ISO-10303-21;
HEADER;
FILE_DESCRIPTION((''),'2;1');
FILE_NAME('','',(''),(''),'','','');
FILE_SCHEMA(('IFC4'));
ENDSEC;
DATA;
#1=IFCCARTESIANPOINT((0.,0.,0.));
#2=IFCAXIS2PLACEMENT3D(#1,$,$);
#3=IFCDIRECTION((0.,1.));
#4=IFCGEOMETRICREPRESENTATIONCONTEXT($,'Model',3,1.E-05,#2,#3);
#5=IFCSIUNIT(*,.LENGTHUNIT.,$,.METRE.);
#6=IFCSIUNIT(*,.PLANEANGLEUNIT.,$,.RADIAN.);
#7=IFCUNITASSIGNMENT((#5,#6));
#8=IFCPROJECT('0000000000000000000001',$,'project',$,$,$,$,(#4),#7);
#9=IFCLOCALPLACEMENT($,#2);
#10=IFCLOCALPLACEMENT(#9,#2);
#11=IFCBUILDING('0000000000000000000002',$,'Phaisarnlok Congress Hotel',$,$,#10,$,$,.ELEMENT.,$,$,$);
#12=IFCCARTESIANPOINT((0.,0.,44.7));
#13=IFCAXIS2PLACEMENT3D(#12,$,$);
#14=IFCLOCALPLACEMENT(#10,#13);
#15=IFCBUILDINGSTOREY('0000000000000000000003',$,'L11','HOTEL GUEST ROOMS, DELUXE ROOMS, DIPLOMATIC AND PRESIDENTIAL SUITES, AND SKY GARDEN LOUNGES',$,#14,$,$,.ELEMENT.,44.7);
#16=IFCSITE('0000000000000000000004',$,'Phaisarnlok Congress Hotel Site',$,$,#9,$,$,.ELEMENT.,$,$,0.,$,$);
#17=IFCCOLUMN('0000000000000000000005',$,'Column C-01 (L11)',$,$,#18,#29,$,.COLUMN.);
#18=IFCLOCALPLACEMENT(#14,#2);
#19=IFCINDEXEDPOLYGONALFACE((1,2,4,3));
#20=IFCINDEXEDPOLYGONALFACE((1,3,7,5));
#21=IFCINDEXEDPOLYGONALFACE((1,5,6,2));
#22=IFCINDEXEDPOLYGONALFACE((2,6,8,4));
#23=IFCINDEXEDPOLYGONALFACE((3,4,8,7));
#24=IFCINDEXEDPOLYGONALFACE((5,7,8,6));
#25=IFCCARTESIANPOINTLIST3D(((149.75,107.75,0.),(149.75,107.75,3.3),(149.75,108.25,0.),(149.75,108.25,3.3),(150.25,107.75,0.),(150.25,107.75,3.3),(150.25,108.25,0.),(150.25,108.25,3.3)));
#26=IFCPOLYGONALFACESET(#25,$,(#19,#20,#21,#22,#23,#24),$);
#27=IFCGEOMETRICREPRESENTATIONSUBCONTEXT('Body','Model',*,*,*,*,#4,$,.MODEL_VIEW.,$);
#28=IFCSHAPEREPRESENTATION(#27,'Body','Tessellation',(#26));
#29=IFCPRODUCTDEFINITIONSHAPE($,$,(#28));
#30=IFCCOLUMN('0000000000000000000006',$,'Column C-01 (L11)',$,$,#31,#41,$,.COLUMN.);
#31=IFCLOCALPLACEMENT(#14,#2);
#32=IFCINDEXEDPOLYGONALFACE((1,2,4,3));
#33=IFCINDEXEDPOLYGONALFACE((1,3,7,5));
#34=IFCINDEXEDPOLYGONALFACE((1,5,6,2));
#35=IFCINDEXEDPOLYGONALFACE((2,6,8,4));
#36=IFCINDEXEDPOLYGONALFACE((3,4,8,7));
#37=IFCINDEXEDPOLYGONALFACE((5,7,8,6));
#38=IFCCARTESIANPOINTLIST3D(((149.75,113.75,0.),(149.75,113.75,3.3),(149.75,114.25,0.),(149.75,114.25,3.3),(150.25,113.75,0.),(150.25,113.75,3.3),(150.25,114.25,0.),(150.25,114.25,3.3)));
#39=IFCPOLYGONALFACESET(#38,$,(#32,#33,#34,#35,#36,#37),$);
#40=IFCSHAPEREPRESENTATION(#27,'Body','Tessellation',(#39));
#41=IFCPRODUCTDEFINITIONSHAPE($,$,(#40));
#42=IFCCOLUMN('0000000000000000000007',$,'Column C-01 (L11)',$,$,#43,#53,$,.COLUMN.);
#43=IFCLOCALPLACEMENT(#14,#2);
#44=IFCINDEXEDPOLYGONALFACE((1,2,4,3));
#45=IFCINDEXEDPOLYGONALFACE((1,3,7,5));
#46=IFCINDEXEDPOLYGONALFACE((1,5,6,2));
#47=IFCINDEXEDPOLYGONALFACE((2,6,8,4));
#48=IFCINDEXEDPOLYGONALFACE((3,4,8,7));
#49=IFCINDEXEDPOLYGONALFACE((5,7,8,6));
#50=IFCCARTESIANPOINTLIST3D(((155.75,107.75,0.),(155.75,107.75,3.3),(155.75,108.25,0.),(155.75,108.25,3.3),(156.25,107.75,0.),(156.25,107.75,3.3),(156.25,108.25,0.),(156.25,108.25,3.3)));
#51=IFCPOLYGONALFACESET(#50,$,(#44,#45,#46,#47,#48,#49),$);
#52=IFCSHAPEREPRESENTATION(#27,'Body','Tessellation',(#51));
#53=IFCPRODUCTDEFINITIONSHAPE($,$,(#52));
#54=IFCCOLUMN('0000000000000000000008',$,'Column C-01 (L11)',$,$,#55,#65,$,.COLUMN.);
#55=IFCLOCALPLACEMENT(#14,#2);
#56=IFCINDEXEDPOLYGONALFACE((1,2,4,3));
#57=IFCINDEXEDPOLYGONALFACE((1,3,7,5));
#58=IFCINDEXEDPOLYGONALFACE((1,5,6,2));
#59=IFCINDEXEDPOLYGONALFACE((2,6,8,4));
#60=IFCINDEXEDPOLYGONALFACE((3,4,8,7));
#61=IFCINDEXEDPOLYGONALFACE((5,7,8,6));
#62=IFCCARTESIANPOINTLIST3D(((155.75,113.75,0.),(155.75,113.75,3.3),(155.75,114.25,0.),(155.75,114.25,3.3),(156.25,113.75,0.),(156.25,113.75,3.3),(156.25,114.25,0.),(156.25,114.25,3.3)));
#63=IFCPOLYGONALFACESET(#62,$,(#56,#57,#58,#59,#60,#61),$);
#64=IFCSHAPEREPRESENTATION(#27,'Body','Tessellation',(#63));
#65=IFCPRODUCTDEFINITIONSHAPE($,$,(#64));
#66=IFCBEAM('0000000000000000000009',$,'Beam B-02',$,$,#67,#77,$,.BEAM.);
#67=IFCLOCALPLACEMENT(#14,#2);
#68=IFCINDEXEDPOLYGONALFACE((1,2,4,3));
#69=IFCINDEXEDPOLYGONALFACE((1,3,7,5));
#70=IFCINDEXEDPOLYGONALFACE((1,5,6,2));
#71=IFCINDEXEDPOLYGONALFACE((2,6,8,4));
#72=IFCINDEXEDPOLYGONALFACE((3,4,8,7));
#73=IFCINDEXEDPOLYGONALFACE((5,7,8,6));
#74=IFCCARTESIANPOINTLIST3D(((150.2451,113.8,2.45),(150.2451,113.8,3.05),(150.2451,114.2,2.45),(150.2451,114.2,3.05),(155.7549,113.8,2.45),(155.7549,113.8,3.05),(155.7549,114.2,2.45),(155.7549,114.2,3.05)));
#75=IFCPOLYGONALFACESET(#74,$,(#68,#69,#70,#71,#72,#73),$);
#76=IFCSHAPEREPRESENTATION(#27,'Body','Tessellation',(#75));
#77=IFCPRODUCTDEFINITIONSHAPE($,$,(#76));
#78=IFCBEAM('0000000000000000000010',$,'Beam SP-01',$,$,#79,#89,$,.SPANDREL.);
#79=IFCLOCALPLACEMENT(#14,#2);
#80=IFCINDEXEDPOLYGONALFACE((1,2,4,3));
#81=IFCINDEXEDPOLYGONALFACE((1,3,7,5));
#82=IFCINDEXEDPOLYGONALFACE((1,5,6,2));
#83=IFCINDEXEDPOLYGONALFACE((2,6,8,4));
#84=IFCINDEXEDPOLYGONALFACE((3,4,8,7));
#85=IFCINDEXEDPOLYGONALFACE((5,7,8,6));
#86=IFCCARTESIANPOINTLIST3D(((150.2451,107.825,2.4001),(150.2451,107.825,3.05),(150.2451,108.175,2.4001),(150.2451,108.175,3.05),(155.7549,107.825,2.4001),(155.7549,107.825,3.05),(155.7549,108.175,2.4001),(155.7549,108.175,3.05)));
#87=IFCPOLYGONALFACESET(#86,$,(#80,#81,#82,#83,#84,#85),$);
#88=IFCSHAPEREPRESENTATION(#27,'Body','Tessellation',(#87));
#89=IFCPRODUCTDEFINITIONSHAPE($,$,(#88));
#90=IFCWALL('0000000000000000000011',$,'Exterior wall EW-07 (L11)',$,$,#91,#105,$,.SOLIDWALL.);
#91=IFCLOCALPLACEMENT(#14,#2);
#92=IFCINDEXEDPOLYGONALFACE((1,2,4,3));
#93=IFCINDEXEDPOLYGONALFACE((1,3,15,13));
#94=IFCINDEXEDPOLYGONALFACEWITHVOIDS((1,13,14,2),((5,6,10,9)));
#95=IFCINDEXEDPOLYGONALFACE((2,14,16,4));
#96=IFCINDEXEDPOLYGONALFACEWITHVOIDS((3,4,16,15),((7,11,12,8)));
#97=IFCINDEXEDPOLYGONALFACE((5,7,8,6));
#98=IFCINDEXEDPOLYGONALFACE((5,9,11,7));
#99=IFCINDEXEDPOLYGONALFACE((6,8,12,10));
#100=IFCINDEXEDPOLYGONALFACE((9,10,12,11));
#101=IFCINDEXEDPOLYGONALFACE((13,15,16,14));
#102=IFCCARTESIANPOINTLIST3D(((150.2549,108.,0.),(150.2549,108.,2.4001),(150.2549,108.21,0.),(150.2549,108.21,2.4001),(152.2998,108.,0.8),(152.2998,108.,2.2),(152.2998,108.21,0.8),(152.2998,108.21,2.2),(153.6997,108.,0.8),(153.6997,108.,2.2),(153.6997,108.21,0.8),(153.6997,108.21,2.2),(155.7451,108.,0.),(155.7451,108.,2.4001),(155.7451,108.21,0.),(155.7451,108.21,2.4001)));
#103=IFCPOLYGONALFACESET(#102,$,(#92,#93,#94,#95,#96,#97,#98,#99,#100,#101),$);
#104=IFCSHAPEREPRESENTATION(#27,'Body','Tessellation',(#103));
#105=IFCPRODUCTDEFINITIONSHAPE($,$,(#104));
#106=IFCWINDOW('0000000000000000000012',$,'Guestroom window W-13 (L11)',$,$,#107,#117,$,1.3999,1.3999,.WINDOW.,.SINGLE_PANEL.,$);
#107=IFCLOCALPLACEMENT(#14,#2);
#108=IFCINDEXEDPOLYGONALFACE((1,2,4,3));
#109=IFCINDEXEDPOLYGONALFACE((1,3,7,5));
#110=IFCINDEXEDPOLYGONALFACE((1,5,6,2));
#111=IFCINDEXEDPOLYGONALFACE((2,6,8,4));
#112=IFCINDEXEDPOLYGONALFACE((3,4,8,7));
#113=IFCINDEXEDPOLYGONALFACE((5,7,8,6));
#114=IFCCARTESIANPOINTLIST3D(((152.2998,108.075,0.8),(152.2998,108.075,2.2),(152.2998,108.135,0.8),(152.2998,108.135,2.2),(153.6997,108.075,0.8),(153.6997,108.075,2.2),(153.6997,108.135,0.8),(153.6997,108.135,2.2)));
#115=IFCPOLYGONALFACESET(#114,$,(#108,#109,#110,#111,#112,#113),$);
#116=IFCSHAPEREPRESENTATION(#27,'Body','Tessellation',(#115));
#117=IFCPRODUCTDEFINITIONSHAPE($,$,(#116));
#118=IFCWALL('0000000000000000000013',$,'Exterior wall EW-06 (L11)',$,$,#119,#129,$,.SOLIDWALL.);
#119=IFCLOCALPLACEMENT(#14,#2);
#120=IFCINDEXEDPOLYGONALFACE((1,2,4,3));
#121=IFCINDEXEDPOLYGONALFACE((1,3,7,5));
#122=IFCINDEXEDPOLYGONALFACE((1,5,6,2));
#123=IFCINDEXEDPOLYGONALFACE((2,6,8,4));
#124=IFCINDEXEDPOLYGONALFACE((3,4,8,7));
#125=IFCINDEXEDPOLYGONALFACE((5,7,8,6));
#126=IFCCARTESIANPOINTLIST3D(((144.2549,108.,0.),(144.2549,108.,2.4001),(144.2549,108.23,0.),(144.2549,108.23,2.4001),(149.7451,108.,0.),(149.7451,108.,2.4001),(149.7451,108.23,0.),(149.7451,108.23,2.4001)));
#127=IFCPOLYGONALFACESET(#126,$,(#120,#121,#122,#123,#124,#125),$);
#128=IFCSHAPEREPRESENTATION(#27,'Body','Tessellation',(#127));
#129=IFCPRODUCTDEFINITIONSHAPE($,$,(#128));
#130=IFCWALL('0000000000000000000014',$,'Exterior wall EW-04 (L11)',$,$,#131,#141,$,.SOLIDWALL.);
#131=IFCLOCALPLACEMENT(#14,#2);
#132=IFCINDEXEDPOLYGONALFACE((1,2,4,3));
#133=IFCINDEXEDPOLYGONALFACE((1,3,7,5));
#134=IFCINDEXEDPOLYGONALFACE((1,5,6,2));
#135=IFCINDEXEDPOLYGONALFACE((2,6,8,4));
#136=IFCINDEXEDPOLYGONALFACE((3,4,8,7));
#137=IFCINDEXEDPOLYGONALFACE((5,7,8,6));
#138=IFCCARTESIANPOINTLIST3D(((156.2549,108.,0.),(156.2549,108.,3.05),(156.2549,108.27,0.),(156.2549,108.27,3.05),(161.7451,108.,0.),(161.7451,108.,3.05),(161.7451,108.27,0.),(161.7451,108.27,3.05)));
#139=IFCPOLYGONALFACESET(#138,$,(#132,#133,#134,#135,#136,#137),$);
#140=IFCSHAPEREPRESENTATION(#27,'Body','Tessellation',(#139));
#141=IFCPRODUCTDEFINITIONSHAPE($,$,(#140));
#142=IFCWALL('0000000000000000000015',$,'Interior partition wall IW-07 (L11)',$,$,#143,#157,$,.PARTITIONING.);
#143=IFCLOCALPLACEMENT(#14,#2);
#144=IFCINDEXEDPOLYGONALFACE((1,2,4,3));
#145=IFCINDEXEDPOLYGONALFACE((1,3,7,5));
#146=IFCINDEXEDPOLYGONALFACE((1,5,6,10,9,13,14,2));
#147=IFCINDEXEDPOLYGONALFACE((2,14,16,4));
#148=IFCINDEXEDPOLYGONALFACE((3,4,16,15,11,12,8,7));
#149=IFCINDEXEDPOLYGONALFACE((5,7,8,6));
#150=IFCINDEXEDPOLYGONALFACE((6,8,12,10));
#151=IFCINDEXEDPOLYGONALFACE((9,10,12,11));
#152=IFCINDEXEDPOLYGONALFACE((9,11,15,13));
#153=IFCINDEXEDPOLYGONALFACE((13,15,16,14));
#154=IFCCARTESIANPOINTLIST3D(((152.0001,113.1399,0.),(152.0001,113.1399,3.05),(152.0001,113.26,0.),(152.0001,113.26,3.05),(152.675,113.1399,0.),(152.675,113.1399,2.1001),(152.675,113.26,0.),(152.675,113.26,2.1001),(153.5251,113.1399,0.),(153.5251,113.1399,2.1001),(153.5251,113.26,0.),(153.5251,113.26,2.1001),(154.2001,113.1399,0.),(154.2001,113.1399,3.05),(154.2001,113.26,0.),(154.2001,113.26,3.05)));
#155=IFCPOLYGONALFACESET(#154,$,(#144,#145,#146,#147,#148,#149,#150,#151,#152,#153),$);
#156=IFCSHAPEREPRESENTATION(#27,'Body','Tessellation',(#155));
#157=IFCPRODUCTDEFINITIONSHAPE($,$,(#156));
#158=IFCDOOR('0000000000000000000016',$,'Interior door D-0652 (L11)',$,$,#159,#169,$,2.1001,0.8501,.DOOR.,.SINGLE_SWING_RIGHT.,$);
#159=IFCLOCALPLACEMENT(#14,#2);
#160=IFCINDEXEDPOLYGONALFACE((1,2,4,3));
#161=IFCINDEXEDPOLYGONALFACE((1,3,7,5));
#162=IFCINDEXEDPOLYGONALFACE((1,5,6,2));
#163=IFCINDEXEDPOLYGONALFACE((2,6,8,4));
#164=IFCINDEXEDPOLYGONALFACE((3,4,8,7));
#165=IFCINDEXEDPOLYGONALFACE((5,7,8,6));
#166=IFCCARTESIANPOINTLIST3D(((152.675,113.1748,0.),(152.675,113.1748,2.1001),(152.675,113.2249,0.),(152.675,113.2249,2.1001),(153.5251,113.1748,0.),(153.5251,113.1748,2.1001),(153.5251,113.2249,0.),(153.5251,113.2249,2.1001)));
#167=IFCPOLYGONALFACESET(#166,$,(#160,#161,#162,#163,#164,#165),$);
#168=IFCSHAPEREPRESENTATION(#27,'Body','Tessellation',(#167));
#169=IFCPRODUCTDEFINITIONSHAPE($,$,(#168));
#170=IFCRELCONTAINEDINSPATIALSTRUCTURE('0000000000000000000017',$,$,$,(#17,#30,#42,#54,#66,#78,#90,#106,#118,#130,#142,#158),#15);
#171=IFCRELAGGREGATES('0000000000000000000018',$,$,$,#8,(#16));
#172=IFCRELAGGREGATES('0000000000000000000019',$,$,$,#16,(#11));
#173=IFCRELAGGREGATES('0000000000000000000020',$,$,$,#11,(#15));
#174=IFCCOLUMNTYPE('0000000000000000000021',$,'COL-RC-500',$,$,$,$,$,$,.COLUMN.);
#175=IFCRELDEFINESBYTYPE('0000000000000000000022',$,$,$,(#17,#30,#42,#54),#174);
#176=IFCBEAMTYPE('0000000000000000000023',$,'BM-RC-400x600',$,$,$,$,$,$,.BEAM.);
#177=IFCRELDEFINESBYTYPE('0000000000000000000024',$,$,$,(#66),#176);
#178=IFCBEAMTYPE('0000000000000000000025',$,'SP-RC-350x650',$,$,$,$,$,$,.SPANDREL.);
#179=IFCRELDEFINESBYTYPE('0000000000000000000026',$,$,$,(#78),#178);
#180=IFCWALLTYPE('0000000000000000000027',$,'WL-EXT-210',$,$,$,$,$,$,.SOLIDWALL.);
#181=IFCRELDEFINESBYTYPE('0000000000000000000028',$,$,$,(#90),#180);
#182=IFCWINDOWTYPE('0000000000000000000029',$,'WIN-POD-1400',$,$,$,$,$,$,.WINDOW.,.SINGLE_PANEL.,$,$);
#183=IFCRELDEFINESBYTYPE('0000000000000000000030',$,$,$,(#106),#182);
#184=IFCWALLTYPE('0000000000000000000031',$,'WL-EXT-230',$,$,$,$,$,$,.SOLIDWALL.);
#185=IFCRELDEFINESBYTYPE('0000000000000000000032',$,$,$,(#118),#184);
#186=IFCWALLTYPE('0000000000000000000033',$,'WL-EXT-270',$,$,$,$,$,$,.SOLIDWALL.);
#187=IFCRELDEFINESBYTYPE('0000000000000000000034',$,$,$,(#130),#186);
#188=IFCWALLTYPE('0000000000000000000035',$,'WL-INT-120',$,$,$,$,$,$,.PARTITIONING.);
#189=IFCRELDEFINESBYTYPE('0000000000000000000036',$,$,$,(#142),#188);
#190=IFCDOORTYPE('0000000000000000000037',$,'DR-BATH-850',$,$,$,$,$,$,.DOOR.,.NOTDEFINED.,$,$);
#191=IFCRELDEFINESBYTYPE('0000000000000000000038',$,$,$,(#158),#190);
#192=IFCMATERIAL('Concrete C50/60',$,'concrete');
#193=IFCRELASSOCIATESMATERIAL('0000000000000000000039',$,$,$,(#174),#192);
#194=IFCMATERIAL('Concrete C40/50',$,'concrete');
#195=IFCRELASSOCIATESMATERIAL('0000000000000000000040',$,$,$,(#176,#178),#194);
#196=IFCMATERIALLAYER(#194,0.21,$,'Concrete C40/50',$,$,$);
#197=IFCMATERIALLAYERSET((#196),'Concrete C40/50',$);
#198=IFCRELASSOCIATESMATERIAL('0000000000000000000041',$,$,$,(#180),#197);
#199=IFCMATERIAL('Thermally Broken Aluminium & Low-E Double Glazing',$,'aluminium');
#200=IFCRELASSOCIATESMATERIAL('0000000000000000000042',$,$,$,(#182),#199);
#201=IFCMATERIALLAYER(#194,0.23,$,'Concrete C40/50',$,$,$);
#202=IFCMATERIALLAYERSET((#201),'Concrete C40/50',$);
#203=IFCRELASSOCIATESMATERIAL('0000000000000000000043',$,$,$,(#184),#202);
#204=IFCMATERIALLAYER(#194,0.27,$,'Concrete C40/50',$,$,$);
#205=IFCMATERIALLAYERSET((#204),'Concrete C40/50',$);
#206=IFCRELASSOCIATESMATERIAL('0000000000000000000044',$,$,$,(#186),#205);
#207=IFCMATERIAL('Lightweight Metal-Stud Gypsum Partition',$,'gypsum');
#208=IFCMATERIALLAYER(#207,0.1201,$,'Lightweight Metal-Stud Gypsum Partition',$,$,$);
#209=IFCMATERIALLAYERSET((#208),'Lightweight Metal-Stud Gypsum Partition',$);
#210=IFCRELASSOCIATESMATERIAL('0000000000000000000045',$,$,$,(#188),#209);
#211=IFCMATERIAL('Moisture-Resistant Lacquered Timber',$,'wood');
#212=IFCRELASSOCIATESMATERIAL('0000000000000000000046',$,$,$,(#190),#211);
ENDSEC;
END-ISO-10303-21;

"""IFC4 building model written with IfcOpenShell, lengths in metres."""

from ifc_helpers import new_model, si_unit, direction, frame, frame_2d, origin, origin_2d, place, context, subcontext, project, spatial, rectangle, extrude, material, layer, layer_set, material_profile, profile_set, type_object, element, fill, save


model = new_model("IFC4")

# Units and contexts
model_context = context("Model", 3, precision=1e-05, world=origin(), true_north=direction((0.0, 1.0)))
body_context = subcontext(model_context, "Body", "Model", "MODEL_VIEW")
ifc_project = project(units=[si_unit("LENGTHUNIT", "METRE"), si_unit("PLANEANGLEUNIT", "RADIAN")], contexts=[model_context])

# Site, building, storey
site_placement = place(None, origin())
site = spatial("IfcSite", under=ifc_project, at=site_placement, Name="Phaisarnlok Congress Hotel Site", CompositionType="ELEMENT", RefElevation=0.0)
building_placement = place(site_placement, origin())
building = spatial("IfcBuilding", under=site, at=building_placement, Name="Phaisarnlok Congress Hotel", CompositionType="ELEMENT")
storey_placement = place(building_placement, frame((0.0, 0.0, 44.7)))
storey = spatial("IfcBuildingStorey", under=building, at=storey_placement, Name="L11", Description="HOTEL GUEST ROOMS, DELUXE ROOMS, DIPLOMATIC AND PRESIDENTIAL SUITES, AND SKY GARDEN LOUNGES", CompositionType="ELEMENT", Elevation=44.7)

# Columns
ifc_material_1 = material(Name="Concrete C50/60", Category="concrete")
ifc_material_profile_1 = material_profile(ifc_material_1, rectangle(XDim=0.5, YDim=0.5, at=origin_2d()), Name="RC 500x500")
ifc_profile_set_1 = profile_set([ifc_material_profile_1], Name="Concrete C50/60")
column_type = type_object("IfcColumnType", Name="COL-RC-500", PredefinedType="COLUMN", material=ifc_profile_set_1)
for number, where, z_axis, x_axis, name in (
    (1, (150.0, 108.0, 0.0), (0.0, 0.0, 1.0), (1.0, 0.0, 0.0), "Column C-01 (L11)"),
    (2, (150.0, 114.0, 0.0), (0.0, 0.0, 1.0), (1.0, 0.0, 0.0), "Column C-01 (L11)"),
    (3, (156.0, 108.0, 0.0), (0.0, 0.0, 1.0), (1.0, 0.0, 0.0), "Column C-01 (L11)"),
    (4, (156.0, 114.0, 0.0), (0.0, 0.0, 1.0), (1.0, 0.0, 0.0), "Column C-01 (L11)"),
):
    element("IfcColumn", number, at=place(storey_placement, frame(where, z_axis=z_axis, x_axis=x_axis)), inside=storey, type_object=column_type, Name=name, PredefinedType="COLUMN", context=body_context, shape_type="SweptSolid", body=[
        extrude(rectangle(XDim=0.5, YDim=0.5, at=origin_2d()), origin(), (0.0, 0.0, 1.0), 3.3),
    ])

# Beams
ifc_material_2 = material(Name="Concrete C40/50", Category="concrete")
ifc_material_profile_2 = material_profile(ifc_material_2, rectangle(XDim=0.3999, YDim=0.6001, at=origin_2d()), Name="RC 400x600")
ifc_profile_set_2 = profile_set([ifc_material_profile_2], Name="Concrete C40/50")
beam_type_1 = type_object("IfcBeamType", Name="BM-RC-400x600", PredefinedType="BEAM", material=ifc_profile_set_2)
beam_1_placement = place(storey_placement, frame((150.2451, 114.0, 2.75), z_axis=(1.0, 0.0, 0.0), x_axis=(0.0, 1.0, 0.0)))
element("IfcBeam", 5, at=beam_1_placement, inside=storey, type_object=beam_type_1, Name="Beam B-02", PredefinedType="BEAM", context=body_context, shape_type="SweptSolid", body=[
    extrude(rectangle(XDim=0.3999, YDim=0.6001, at=origin_2d()), origin(), (0.0, 0.0, 1.0), 5.5098),
])
ifc_material_profile_3 = material_profile(ifc_material_2, rectangle(XDim=0.3501, YDim=0.6499, at=origin_2d()), Name="RC 350x650")
ifc_profile_set_3 = profile_set([ifc_material_profile_3], Name="Concrete C40/50")
beam_type_2 = type_object("IfcBeamType", Name="SP-RC-350x650", PredefinedType="SPANDREL", material=ifc_profile_set_3)
beam_2_placement = place(storey_placement, frame((150.2451, 108.0, 2.7251), z_axis=(1.0, 0.0, 0.0), x_axis=(0.0, 1.0, 0.0)))
element("IfcBeam", 6, at=beam_2_placement, inside=storey, type_object=beam_type_2, Name="Beam SP-01", PredefinedType="SPANDREL", context=body_context, shape_type="SweptSolid", body=[
    extrude(rectangle(XDim=0.3501, YDim=0.6499, at=origin_2d()), origin(), (0.0, 0.0, 1.0), 5.5098),
])

# Wall, opening, window
ifc_layer_1 = layer(ifc_material_2, 0.21, Name="Concrete C40/50")
ifc_layer_set_1 = layer_set([ifc_layer_1], Name="Concrete C40/50")
wall_type_1 = type_object("IfcWallType", Name="WL-EXT-210", PredefinedType="SOLIDWALL", material=ifc_layer_set_1)
wall_1_placement = place(storey_placement, frame((150.2549, 108.105, 0.0), z_axis=(0.0, 0.0, 1.0), x_axis=(1.0, 0.0, 0.0)))
wall_1 = element("IfcWall", 7, at=wall_1_placement, inside=storey, type_object=wall_type_1, Name="Exterior wall EW-07 (L11)", PredefinedType="SOLIDWALL", context=body_context, shape_type="SweptSolid", body=[
    extrude(rectangle(XDim=5.4902, YDim=0.21, at=frame_2d((2.7451, 0.0))), origin(), (0.0, 0.0, 1.0), 2.4001),
])
opening_1_placement = place(wall_1_placement, frame((2.0449, 0.0, 0.8)))
opening_1 = element("IfcOpeningElement", 8, at=opening_1_placement, cuts=wall_1, PredefinedType="OPENING", context=body_context, shape_type="SweptSolid", body=[
    extrude(rectangle(XDim=1.3999, YDim=1.3999, at=frame_2d((0.7, 0.7))), frame((0.0, 0.115, 0.0), z_axis=(0.0, -1.0, 0.0), x_axis=(1.0, 0.0, 0.0)), (0.0, 0.0, 1.0), 0.23),
])
ifc_material_3 = material(Name="Thermally Broken Aluminium & Low-E Double Glazing", Category="aluminium")
window_type = type_object("IfcWindowType", Name="WIN-POD-1400", PartitioningType="SINGLE_PANEL", PredefinedType="WINDOW", material=ifc_material_3)
window_placement = place(opening_1_placement, origin())
window = element("IfcWindow", 9, at=window_placement, inside=storey, type_object=window_type, Name="Guestroom window W-13 (L11)", OverallHeight=1.3999, OverallWidth=1.3999, PartitioningType="SINGLE_PANEL", PredefinedType="WINDOW", context=body_context, shape_type="SweptSolid", body=[
    extrude(rectangle(XDim=1.3999, YDim=1.3999, at=frame_2d((0.7, 0.7))), frame((0.0, 0.03, 0.0), z_axis=(0.0, -1.0, 0.0), x_axis=(1.0, 0.0, 0.0)), (0.0, 0.0, 1.0), 0.0601),
])
fill(opening_1, window)

# Walls
ifc_layer_2 = layer(ifc_material_2, 0.23, Name="Concrete C40/50")
ifc_layer_set_2 = layer_set([ifc_layer_2], Name="Concrete C40/50")
wall_type_2 = type_object("IfcWallType", Name="WL-EXT-230", PredefinedType="SOLIDWALL", material=ifc_layer_set_2)
wall_2_placement = place(storey_placement, frame((144.2549, 108.115, 0.0), z_axis=(0.0, 0.0, 1.0), x_axis=(1.0, 0.0, 0.0)))
element("IfcWall", 10, at=wall_2_placement, inside=storey, type_object=wall_type_2, Name="Exterior wall EW-06 (L11)", PredefinedType="SOLIDWALL", context=body_context, shape_type="SweptSolid", body=[
    extrude(rectangle(XDim=5.4902, YDim=0.23, at=frame_2d((2.7451, 0.0))), origin(), (0.0, 0.0, 1.0), 2.4001),
])
ifc_layer_3 = layer(ifc_material_2, 0.27, Name="Concrete C40/50")
ifc_layer_set_3 = layer_set([ifc_layer_3], Name="Concrete C40/50")
wall_type_3 = type_object("IfcWallType", Name="WL-EXT-270", PredefinedType="SOLIDWALL", material=ifc_layer_set_3)
wall_3_placement = place(storey_placement, frame((156.2549, 108.135, 0.0), z_axis=(0.0, 0.0, 1.0), x_axis=(1.0, 0.0, 0.0)))
element("IfcWall", 11, at=wall_3_placement, inside=storey, type_object=wall_type_3, Name="Exterior wall EW-04 (L11)", PredefinedType="SOLIDWALL", context=body_context, shape_type="SweptSolid", body=[
    extrude(rectangle(XDim=5.4902, YDim=0.27, at=frame_2d((2.7451, 0.0))), origin(), (0.0, 0.0, 1.0), 3.05),
])

# Wall, opening, door
ifc_material_4 = material(Name="Lightweight Metal-Stud Gypsum Partition", Category="gypsum")
ifc_layer_4 = layer(ifc_material_4, 0.1201, Name="Lightweight Metal-Stud Gypsum Partition")
ifc_layer_set_4 = layer_set([ifc_layer_4], Name="Lightweight Metal-Stud Gypsum Partition")
wall_type_4 = type_object("IfcWallType", Name="WL-INT-120", PredefinedType="PARTITIONING", material=ifc_layer_set_4)
wall_4_placement = place(storey_placement, frame((152.0, 113.2, 0.0), z_axis=(0.0, 0.0, 1.0), x_axis=(1.0, 0.0, 0.0)))
wall_4 = element("IfcWall", 12, at=wall_4_placement, inside=storey, type_object=wall_type_4, Name="Interior partition wall IW-07 (L11)", PredefinedType="PARTITIONING", context=body_context, shape_type="SweptSolid", body=[
    extrude(rectangle(XDim=2.2, YDim=0.1201, at=frame_2d((1.1001, 0.0))), origin(), (0.0, 0.0, 1.0), 3.05),
])
opening_2_placement = place(wall_4_placement, frame((0.675, 0.0, 0.0)))
opening_2 = element("IfcOpeningElement", 13, at=opening_2_placement, cuts=wall_4, PredefinedType="OPENING", context=body_context, shape_type="SweptSolid", body=[
    extrude(rectangle(XDim=0.8501, YDim=2.1001, at=frame_2d((0.425, 1.05))), frame((0.0, 0.0701, 0.0), z_axis=(0.0, -1.0, 0.0), x_axis=(1.0, 0.0, 0.0)), (0.0, 0.0, 1.0), 0.1401),
])
ifc_material_5 = material(Name="Moisture-Resistant Lacquered Timber", Category="wood")
door_type_1 = type_object("IfcDoorType", Name="DR-BATH-850", OperationType="NOTDEFINED", PredefinedType="DOOR", material=ifc_material_5)
door_1_placement = place(opening_2_placement, origin())
door_1 = element("IfcDoor", 14, at=door_1_placement, inside=storey, type_object=door_type_1, Name="Interior door D-0652 (L11)", OperationType="SINGLE_SWING_RIGHT", OverallHeight=2.1001, OverallWidth=0.8501, PredefinedType="DOOR", context=body_context, shape_type="SweptSolid", body=[
    extrude(rectangle(XDim=0.8501, YDim=2.1001, at=frame_2d((0.425, 1.05))), frame((0.0, 0.0249, 0.0), z_axis=(0.0, -1.0, 0.0), x_axis=(1.0, 0.0, 0.0)), (0.0, 0.0, 1.0), 0.05),
])
fill(opening_2, door_1)

save(model, "model.ifc")
